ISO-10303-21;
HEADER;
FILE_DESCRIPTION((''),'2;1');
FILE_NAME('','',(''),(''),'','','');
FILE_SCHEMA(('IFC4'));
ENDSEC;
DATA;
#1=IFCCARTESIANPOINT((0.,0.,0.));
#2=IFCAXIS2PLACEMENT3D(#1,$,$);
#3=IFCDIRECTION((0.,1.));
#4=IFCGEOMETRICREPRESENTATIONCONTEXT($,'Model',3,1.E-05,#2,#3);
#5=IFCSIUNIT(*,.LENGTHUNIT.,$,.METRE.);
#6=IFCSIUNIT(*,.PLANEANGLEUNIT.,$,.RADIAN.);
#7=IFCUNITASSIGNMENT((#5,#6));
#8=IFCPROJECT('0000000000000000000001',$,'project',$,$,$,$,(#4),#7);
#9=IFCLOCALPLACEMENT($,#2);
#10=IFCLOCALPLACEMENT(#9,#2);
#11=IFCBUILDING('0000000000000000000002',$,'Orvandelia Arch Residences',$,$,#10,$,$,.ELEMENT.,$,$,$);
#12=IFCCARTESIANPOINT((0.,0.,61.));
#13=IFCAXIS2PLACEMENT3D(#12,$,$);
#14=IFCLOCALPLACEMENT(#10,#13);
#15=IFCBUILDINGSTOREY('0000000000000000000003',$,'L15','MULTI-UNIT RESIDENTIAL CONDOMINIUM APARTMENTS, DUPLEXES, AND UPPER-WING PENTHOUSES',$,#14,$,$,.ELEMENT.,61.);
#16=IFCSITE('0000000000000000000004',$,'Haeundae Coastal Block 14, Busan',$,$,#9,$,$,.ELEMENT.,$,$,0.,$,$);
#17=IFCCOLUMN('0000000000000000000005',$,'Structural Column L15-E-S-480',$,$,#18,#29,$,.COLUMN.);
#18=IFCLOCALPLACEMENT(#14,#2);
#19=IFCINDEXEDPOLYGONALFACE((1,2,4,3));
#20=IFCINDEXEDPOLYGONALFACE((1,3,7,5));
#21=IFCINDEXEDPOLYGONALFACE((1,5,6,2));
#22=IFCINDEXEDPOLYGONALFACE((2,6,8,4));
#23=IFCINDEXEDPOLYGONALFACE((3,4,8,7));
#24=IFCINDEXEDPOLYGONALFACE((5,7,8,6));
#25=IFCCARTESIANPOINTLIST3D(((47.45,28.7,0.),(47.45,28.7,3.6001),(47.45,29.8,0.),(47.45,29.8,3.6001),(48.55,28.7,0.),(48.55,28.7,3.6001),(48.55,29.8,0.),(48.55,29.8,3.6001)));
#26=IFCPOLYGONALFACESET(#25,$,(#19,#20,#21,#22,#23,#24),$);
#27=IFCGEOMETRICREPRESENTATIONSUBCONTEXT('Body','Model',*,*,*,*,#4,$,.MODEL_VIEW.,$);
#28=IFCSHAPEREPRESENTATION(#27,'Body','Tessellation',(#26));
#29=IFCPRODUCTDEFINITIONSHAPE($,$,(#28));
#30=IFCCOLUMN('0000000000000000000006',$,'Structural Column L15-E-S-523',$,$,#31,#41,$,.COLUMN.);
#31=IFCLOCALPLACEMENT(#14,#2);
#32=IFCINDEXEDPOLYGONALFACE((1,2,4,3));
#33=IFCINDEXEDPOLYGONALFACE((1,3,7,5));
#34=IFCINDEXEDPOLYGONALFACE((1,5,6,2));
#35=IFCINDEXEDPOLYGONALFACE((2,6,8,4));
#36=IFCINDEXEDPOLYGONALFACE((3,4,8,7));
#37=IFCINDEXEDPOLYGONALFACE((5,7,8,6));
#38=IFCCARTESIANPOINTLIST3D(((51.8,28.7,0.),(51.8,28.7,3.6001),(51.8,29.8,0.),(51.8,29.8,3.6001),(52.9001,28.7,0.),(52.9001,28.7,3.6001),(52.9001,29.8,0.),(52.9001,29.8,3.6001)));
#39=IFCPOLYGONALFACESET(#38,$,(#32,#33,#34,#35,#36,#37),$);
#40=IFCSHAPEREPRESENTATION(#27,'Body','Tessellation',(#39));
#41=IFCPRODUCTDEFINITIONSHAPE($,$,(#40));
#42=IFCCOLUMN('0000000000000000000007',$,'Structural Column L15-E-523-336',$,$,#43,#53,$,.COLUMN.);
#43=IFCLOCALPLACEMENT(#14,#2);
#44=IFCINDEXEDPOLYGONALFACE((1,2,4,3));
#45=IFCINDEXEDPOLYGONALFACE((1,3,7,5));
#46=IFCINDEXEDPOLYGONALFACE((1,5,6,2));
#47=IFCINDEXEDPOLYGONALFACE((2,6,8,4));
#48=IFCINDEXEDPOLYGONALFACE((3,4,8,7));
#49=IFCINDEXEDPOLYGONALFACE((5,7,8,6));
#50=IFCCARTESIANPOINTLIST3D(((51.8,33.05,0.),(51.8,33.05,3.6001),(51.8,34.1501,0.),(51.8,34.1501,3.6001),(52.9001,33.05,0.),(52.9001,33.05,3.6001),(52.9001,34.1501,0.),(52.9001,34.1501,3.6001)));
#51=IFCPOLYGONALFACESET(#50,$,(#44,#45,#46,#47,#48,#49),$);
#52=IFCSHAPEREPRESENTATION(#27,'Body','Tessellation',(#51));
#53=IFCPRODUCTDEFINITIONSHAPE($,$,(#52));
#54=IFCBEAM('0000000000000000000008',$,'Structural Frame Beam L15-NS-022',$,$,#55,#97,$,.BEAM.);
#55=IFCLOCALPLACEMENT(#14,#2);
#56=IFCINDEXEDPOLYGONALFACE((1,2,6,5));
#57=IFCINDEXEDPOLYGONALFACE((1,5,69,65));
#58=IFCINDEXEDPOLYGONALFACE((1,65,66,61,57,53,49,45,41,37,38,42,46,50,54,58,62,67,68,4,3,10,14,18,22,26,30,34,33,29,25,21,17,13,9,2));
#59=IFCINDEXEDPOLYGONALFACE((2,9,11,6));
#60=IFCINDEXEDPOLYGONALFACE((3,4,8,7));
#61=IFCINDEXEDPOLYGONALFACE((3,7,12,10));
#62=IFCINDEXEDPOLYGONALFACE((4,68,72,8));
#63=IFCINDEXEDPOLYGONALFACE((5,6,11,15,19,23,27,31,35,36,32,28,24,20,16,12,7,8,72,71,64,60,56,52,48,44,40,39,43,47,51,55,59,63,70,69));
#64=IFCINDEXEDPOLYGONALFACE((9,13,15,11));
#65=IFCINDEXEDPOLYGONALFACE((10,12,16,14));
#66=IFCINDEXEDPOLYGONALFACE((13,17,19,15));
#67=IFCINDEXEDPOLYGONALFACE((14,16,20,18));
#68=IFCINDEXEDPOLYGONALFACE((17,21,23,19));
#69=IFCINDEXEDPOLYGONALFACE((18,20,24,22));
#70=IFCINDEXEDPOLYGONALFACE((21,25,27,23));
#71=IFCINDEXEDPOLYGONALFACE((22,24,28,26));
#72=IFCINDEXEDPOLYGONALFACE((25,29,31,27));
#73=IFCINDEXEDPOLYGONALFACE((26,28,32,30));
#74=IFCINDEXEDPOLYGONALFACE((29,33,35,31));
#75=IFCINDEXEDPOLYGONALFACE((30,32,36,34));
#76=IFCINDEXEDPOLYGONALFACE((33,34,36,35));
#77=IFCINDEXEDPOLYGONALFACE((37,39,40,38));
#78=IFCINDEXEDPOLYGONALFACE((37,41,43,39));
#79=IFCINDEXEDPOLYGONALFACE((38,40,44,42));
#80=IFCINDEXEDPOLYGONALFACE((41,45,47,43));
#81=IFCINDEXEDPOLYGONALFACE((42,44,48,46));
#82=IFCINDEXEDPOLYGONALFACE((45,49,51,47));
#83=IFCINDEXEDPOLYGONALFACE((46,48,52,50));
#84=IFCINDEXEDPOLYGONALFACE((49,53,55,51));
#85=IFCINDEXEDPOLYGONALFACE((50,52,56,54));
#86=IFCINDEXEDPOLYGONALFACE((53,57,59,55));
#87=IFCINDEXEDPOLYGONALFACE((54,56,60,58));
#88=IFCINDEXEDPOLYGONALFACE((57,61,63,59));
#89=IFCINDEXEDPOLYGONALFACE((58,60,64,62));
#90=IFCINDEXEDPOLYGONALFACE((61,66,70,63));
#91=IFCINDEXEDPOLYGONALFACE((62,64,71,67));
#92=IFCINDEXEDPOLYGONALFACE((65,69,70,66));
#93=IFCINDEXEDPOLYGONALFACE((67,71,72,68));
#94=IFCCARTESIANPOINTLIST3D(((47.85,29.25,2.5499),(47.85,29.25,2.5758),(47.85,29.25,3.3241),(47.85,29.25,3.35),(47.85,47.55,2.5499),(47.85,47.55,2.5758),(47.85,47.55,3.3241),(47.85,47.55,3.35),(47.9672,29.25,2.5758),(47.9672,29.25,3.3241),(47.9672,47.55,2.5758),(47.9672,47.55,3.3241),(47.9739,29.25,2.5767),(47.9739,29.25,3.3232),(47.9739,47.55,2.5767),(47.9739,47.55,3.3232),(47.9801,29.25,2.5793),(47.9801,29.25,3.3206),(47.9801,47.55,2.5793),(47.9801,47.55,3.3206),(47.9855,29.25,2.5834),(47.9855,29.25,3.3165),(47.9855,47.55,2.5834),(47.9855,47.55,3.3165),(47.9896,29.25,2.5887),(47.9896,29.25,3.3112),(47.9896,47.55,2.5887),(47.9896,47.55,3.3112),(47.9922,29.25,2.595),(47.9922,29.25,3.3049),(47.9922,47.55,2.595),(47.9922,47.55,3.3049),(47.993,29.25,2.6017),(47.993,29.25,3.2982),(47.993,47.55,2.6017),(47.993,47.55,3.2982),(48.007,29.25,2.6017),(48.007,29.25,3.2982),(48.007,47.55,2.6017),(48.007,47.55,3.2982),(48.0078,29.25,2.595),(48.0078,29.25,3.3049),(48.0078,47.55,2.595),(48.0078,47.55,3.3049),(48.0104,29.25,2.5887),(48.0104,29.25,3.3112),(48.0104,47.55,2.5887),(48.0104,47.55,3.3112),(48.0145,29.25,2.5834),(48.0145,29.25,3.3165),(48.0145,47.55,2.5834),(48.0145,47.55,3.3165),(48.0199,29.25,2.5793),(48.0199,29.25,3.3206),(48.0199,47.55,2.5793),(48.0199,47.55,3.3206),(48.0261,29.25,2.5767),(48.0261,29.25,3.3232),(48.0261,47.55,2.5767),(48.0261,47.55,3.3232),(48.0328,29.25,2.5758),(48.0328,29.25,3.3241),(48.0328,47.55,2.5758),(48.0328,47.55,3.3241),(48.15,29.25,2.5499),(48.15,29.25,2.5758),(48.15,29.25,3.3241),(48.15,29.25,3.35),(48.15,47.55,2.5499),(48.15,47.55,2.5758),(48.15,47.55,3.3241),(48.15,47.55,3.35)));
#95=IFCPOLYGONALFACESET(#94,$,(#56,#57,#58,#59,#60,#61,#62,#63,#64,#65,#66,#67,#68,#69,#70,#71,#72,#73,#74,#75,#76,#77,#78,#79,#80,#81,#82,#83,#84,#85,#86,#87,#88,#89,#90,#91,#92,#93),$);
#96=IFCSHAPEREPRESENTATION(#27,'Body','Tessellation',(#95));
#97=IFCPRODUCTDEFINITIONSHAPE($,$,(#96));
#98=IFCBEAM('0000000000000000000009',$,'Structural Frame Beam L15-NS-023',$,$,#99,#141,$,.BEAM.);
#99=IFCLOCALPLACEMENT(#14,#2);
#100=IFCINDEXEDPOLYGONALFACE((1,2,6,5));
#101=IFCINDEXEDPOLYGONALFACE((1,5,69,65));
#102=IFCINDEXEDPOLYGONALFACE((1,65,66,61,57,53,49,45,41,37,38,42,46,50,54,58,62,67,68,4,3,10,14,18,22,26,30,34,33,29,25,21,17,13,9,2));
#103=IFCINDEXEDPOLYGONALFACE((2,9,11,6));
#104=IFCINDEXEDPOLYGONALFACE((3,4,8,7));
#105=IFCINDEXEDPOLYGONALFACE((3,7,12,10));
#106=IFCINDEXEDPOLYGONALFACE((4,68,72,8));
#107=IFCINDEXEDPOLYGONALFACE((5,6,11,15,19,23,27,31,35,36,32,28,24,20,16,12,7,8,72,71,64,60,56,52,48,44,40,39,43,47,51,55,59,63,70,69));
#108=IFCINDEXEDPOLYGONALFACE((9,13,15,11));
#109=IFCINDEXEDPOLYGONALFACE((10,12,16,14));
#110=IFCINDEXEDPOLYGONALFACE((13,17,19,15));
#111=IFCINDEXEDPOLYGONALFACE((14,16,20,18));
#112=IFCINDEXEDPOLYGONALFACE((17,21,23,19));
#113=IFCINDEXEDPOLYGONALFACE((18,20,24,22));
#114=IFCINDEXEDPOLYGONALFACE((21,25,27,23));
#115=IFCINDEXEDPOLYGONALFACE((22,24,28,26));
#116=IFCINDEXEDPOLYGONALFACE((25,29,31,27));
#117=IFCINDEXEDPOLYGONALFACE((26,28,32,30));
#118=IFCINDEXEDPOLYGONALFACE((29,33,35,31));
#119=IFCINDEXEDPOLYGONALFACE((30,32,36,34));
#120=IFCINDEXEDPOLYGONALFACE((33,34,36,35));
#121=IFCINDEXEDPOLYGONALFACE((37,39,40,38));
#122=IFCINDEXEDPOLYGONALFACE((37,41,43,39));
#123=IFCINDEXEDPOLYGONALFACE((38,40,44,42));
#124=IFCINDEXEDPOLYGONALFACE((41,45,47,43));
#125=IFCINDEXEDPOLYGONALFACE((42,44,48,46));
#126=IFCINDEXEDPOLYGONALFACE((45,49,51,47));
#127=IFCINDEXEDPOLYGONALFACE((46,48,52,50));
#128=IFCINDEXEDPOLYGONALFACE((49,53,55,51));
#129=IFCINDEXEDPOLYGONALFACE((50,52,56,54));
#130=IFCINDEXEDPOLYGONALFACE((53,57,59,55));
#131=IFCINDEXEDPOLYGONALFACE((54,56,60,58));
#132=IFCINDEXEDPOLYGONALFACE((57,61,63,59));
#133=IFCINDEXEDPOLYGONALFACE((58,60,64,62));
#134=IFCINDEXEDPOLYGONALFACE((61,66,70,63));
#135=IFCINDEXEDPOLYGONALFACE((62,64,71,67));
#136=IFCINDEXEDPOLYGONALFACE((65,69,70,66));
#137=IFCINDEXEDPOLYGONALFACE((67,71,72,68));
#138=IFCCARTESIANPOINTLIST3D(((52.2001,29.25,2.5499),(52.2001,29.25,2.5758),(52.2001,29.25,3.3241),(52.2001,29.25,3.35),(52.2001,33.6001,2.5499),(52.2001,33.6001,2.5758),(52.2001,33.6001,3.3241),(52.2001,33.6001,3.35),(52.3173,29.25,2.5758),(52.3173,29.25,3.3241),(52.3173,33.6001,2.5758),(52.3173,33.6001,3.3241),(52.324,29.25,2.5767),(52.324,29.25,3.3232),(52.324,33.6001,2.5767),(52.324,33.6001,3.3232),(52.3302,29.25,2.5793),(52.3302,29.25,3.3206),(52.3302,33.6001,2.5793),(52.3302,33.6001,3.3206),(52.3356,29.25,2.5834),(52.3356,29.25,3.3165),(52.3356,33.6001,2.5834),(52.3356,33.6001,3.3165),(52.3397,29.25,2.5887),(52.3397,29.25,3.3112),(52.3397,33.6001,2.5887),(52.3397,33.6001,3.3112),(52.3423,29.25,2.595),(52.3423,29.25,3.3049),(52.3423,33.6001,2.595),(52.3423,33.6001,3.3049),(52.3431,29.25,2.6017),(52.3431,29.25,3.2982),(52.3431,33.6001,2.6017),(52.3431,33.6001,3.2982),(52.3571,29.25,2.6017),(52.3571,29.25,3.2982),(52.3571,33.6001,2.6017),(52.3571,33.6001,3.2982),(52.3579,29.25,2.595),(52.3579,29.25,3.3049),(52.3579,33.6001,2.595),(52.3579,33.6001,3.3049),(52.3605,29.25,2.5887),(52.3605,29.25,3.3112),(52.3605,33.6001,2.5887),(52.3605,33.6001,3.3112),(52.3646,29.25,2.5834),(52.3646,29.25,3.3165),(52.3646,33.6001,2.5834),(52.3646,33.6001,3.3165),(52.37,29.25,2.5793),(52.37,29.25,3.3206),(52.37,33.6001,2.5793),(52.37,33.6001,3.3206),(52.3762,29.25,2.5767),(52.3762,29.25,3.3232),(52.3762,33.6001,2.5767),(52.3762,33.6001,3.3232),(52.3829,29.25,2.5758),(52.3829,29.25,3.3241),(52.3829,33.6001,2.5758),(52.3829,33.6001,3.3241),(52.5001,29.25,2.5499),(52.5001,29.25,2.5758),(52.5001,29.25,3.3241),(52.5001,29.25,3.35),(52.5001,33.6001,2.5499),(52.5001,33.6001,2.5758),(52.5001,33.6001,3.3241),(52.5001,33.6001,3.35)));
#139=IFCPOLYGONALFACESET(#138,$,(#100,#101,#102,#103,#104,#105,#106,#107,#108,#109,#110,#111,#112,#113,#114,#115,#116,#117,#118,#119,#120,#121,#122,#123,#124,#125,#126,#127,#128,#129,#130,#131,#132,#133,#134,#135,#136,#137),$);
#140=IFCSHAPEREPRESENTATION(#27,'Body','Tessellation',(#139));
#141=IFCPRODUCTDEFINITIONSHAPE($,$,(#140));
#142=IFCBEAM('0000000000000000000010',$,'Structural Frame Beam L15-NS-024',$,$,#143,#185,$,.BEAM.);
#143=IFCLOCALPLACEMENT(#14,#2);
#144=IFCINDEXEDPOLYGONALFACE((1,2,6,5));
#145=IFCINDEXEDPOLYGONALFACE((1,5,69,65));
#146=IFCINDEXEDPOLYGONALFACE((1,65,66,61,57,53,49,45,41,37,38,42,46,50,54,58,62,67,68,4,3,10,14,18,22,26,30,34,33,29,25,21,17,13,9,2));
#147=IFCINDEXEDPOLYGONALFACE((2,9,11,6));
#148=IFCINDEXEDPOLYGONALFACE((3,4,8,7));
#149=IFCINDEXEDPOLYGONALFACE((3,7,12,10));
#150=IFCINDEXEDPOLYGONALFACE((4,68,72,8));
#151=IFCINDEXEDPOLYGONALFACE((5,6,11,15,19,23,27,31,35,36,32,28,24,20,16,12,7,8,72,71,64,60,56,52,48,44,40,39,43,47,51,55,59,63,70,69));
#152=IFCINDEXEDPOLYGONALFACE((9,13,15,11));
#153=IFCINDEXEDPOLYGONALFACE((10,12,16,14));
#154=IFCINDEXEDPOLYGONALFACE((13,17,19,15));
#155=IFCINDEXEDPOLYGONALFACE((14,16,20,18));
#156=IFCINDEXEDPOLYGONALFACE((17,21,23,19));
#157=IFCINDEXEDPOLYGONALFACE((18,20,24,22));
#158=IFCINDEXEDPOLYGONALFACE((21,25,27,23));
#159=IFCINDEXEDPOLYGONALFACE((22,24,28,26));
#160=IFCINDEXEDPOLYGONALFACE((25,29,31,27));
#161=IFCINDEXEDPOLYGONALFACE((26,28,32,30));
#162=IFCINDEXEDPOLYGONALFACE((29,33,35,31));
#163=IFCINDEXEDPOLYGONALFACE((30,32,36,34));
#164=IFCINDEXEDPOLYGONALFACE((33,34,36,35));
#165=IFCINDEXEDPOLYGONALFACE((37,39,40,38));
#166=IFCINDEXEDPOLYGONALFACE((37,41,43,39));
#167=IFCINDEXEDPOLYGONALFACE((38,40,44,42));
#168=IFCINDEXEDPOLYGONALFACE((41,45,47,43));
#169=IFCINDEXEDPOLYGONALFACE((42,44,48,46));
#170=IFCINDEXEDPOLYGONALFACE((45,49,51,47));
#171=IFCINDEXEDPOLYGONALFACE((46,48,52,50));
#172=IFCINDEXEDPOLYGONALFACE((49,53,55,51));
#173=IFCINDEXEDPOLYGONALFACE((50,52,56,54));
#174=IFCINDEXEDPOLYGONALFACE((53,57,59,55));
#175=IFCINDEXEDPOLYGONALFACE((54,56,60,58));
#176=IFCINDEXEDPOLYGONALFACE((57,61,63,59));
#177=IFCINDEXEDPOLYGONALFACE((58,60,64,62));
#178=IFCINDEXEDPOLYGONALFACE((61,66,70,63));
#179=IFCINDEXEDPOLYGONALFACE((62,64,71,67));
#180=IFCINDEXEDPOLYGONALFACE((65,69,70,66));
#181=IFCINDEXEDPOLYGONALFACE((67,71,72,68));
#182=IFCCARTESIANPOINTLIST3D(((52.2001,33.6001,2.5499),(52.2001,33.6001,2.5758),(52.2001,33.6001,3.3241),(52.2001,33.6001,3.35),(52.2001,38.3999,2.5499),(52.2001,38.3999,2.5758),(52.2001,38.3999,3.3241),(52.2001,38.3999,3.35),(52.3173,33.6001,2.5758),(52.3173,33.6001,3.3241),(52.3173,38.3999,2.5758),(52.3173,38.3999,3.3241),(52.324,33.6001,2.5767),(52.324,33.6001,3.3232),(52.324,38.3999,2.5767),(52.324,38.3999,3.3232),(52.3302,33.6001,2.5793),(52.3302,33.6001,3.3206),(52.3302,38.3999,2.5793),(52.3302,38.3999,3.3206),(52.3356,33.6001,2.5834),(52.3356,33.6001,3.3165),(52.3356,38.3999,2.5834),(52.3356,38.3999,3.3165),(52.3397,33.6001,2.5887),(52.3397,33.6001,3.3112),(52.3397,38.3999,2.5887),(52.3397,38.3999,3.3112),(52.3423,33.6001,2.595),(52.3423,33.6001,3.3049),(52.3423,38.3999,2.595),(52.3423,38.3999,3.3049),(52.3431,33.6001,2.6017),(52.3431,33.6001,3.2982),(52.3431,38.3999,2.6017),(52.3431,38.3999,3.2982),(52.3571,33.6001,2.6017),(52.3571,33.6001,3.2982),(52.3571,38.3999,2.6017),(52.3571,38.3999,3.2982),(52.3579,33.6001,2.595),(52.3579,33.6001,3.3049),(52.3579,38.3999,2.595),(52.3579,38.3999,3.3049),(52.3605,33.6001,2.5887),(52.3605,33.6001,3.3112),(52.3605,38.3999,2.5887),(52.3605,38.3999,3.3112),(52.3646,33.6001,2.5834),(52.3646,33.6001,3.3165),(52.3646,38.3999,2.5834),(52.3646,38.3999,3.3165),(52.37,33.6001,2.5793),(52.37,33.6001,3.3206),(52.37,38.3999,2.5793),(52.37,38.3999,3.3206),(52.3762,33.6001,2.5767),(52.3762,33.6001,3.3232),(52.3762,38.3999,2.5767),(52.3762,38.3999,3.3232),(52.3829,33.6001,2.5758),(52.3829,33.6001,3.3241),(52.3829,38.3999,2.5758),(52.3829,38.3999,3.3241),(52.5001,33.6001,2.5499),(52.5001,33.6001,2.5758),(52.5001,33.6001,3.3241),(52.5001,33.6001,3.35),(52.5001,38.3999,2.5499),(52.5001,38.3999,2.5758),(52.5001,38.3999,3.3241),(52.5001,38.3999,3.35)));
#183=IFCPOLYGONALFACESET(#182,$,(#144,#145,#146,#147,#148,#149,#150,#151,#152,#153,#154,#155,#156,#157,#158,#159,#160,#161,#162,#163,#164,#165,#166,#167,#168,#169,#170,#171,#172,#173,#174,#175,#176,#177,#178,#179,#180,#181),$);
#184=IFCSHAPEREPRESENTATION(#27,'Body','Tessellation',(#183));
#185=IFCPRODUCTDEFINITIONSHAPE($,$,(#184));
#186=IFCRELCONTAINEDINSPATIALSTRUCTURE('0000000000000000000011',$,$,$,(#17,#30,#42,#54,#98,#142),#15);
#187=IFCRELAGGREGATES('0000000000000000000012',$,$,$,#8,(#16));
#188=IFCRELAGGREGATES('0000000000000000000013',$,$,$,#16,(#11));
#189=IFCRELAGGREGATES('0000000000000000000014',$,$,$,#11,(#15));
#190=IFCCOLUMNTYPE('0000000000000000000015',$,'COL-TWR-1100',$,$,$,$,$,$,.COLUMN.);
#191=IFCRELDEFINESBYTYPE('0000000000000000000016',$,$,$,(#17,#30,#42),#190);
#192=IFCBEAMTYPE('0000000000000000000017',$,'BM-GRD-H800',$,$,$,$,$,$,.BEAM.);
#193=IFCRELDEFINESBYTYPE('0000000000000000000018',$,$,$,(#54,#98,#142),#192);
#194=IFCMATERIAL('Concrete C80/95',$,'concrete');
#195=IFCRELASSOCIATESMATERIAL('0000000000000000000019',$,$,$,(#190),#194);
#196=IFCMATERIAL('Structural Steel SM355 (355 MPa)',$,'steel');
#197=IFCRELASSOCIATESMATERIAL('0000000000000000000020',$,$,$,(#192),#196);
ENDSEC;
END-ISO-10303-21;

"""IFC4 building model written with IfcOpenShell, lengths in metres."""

from ifc_helpers import new_model, si_unit, direction, frame, origin, origin_2d, place, context, subcontext, project, spatial, rectangle, i_section, extrude, material, material_profile, profile_set, type_object, element, save


model = new_model("IFC4")

# Units and contexts
model_context = context("Model", 3, precision=1e-05, world=origin(), true_north=direction((0.0, 1.0)))
body_context = subcontext(model_context, "Body", "Model", "MODEL_VIEW")
ifc_project = project(units=[si_unit("LENGTHUNIT", "METRE"), si_unit("PLANEANGLEUNIT", "RADIAN")], contexts=[model_context])

# Site, building, storey
site_placement = place(None, origin())
site = spatial("IfcSite", under=ifc_project, at=site_placement, Name="Haeundae Coastal Block 14, Busan", CompositionType="ELEMENT", RefElevation=0.0)
building_placement = place(site_placement, origin())
building = spatial("IfcBuilding", under=site, at=building_placement, Name="Orvandelia Arch Residences", CompositionType="ELEMENT")
storey_placement = place(building_placement, frame((0.0, 0.0, 61.0)))
storey = spatial("IfcBuildingStorey", under=building, at=storey_placement, Name="L15", Description="MULTI-UNIT RESIDENTIAL CONDOMINIUM APARTMENTS, DUPLEXES, AND UPPER-WING PENTHOUSES", CompositionType="ELEMENT", Elevation=61.0)

# Columns
ifc_material_1 = material(Name="Concrete C80/95", Category="concrete")
ifc_material_profile_1 = material_profile(ifc_material_1, rectangle(XDim=1.1001, YDim=1.1001, at=origin_2d()), Name="Concrete C80/95", Category="concrete")
ifc_profile_set_1 = profile_set([ifc_material_profile_1], Name="Concrete C80/95")
column_type = type_object("IfcColumnType", Name="COL-TWR-1100", PredefinedType="COLUMN", material=ifc_profile_set_1)
for number, where, z_axis, x_axis, name in (
    (1, (48.0, 29.25, 0.0), (0.0, 0.0, 1.0), (1.0, 0.0, 0.0), "Structural Column L15-E-S-480"),
    (2, (52.3501, 29.25, 0.0), (0.0, 0.0, 1.0), (1.0, 0.0, 0.0), "Structural Column L15-E-S-523"),
    (3, (52.3501, 33.6001, 0.0), (0.0, 0.0, 1.0), (1.0, 0.0, 0.0), "Structural Column L15-E-523-336"),
):
    element("IfcColumn", number, at=place(storey_placement, frame(where, z_axis=z_axis, x_axis=x_axis)), inside=storey, type_object=column_type, Name=name, PredefinedType="COLUMN", context=body_context, shape_type="SweptSolid", body=[
        extrude(rectangle(XDim=1.1001, YDim=1.1001, at=origin_2d()), origin(), (0.0, 0.0, 1.0), 3.6001),
    ])

# Beams
ifc_material_2 = material(Name="Structural Steel SM355 (355 MPa)", Category="steel")
ifc_material_profile_2 = material_profile(ifc_material_2, i_section(OverallWidth=0.3, OverallDepth=0.8, WebThickness=0.0139, FlangeThickness=0.0259, FilletRadius=0.0259, at=origin_2d()), Name="Structural Steel SM355 (355 MPa)", Category="steel")
ifc_profile_set_2 = profile_set([ifc_material_profile_2], Name="Structural Steel SM355 (355 MPa)")
beam_type = type_object("IfcBeamType", Name="BM-GRD-H800", PredefinedType="BEAM", material=ifc_profile_set_2)
beam_1_placement = place(storey_placement, frame((48.0, 29.25, 2.95), z_axis=(0.0, 1.0, 0.0), x_axis=(-1.0, 0.0, 0.0)))
element("IfcBeam", 4, at=beam_1_placement, inside=storey, type_object=beam_type, Name="Structural Frame Beam L15-NS-022", PredefinedType="BEAM", context=body_context, shape_type="SweptSolid", body=[
    extrude(i_section(OverallWidth=0.3, OverallDepth=0.8, WebThickness=0.0139, FlangeThickness=0.0259, FilletRadius=0.0259, at=origin_2d()), origin(), (0.0, 0.0, 1.0), 18.3),
])
beam_2_placement = place(storey_placement, frame((52.3501, 29.25, 2.95), z_axis=(0.0, 1.0, 0.0), x_axis=(-1.0, 0.0, 0.0)))
element("IfcBeam", 5, at=beam_2_placement, inside=storey, type_object=beam_type, Name="Structural Frame Beam L15-NS-023", PredefinedType="BEAM", context=body_context, shape_type="SweptSolid", body=[
    extrude(i_section(OverallWidth=0.3, OverallDepth=0.8, WebThickness=0.0139, FlangeThickness=0.0259, FilletRadius=0.0259, at=origin_2d()), origin(), (0.0, 0.0, 1.0), 4.3501),
])
beam_3_placement = place(storey_placement, frame((52.3501, 33.6001, 2.95), z_axis=(0.0, 1.0, 0.0), x_axis=(-1.0, 0.0, 0.0)))
element("IfcBeam", 6, at=beam_3_placement, inside=storey, type_object=beam_type, Name="Structural Frame Beam L15-NS-024", PredefinedType="BEAM", context=body_context, shape_type="SweptSolid", body=[
    extrude(i_section(OverallWidth=0.3, OverallDepth=0.8, WebThickness=0.0139, FlangeThickness=0.0259, FilletRadius=0.0259, at=origin_2d()), origin(), (0.0, 0.0, 1.0), 4.7998),
])

save(model, "model.ifc")
